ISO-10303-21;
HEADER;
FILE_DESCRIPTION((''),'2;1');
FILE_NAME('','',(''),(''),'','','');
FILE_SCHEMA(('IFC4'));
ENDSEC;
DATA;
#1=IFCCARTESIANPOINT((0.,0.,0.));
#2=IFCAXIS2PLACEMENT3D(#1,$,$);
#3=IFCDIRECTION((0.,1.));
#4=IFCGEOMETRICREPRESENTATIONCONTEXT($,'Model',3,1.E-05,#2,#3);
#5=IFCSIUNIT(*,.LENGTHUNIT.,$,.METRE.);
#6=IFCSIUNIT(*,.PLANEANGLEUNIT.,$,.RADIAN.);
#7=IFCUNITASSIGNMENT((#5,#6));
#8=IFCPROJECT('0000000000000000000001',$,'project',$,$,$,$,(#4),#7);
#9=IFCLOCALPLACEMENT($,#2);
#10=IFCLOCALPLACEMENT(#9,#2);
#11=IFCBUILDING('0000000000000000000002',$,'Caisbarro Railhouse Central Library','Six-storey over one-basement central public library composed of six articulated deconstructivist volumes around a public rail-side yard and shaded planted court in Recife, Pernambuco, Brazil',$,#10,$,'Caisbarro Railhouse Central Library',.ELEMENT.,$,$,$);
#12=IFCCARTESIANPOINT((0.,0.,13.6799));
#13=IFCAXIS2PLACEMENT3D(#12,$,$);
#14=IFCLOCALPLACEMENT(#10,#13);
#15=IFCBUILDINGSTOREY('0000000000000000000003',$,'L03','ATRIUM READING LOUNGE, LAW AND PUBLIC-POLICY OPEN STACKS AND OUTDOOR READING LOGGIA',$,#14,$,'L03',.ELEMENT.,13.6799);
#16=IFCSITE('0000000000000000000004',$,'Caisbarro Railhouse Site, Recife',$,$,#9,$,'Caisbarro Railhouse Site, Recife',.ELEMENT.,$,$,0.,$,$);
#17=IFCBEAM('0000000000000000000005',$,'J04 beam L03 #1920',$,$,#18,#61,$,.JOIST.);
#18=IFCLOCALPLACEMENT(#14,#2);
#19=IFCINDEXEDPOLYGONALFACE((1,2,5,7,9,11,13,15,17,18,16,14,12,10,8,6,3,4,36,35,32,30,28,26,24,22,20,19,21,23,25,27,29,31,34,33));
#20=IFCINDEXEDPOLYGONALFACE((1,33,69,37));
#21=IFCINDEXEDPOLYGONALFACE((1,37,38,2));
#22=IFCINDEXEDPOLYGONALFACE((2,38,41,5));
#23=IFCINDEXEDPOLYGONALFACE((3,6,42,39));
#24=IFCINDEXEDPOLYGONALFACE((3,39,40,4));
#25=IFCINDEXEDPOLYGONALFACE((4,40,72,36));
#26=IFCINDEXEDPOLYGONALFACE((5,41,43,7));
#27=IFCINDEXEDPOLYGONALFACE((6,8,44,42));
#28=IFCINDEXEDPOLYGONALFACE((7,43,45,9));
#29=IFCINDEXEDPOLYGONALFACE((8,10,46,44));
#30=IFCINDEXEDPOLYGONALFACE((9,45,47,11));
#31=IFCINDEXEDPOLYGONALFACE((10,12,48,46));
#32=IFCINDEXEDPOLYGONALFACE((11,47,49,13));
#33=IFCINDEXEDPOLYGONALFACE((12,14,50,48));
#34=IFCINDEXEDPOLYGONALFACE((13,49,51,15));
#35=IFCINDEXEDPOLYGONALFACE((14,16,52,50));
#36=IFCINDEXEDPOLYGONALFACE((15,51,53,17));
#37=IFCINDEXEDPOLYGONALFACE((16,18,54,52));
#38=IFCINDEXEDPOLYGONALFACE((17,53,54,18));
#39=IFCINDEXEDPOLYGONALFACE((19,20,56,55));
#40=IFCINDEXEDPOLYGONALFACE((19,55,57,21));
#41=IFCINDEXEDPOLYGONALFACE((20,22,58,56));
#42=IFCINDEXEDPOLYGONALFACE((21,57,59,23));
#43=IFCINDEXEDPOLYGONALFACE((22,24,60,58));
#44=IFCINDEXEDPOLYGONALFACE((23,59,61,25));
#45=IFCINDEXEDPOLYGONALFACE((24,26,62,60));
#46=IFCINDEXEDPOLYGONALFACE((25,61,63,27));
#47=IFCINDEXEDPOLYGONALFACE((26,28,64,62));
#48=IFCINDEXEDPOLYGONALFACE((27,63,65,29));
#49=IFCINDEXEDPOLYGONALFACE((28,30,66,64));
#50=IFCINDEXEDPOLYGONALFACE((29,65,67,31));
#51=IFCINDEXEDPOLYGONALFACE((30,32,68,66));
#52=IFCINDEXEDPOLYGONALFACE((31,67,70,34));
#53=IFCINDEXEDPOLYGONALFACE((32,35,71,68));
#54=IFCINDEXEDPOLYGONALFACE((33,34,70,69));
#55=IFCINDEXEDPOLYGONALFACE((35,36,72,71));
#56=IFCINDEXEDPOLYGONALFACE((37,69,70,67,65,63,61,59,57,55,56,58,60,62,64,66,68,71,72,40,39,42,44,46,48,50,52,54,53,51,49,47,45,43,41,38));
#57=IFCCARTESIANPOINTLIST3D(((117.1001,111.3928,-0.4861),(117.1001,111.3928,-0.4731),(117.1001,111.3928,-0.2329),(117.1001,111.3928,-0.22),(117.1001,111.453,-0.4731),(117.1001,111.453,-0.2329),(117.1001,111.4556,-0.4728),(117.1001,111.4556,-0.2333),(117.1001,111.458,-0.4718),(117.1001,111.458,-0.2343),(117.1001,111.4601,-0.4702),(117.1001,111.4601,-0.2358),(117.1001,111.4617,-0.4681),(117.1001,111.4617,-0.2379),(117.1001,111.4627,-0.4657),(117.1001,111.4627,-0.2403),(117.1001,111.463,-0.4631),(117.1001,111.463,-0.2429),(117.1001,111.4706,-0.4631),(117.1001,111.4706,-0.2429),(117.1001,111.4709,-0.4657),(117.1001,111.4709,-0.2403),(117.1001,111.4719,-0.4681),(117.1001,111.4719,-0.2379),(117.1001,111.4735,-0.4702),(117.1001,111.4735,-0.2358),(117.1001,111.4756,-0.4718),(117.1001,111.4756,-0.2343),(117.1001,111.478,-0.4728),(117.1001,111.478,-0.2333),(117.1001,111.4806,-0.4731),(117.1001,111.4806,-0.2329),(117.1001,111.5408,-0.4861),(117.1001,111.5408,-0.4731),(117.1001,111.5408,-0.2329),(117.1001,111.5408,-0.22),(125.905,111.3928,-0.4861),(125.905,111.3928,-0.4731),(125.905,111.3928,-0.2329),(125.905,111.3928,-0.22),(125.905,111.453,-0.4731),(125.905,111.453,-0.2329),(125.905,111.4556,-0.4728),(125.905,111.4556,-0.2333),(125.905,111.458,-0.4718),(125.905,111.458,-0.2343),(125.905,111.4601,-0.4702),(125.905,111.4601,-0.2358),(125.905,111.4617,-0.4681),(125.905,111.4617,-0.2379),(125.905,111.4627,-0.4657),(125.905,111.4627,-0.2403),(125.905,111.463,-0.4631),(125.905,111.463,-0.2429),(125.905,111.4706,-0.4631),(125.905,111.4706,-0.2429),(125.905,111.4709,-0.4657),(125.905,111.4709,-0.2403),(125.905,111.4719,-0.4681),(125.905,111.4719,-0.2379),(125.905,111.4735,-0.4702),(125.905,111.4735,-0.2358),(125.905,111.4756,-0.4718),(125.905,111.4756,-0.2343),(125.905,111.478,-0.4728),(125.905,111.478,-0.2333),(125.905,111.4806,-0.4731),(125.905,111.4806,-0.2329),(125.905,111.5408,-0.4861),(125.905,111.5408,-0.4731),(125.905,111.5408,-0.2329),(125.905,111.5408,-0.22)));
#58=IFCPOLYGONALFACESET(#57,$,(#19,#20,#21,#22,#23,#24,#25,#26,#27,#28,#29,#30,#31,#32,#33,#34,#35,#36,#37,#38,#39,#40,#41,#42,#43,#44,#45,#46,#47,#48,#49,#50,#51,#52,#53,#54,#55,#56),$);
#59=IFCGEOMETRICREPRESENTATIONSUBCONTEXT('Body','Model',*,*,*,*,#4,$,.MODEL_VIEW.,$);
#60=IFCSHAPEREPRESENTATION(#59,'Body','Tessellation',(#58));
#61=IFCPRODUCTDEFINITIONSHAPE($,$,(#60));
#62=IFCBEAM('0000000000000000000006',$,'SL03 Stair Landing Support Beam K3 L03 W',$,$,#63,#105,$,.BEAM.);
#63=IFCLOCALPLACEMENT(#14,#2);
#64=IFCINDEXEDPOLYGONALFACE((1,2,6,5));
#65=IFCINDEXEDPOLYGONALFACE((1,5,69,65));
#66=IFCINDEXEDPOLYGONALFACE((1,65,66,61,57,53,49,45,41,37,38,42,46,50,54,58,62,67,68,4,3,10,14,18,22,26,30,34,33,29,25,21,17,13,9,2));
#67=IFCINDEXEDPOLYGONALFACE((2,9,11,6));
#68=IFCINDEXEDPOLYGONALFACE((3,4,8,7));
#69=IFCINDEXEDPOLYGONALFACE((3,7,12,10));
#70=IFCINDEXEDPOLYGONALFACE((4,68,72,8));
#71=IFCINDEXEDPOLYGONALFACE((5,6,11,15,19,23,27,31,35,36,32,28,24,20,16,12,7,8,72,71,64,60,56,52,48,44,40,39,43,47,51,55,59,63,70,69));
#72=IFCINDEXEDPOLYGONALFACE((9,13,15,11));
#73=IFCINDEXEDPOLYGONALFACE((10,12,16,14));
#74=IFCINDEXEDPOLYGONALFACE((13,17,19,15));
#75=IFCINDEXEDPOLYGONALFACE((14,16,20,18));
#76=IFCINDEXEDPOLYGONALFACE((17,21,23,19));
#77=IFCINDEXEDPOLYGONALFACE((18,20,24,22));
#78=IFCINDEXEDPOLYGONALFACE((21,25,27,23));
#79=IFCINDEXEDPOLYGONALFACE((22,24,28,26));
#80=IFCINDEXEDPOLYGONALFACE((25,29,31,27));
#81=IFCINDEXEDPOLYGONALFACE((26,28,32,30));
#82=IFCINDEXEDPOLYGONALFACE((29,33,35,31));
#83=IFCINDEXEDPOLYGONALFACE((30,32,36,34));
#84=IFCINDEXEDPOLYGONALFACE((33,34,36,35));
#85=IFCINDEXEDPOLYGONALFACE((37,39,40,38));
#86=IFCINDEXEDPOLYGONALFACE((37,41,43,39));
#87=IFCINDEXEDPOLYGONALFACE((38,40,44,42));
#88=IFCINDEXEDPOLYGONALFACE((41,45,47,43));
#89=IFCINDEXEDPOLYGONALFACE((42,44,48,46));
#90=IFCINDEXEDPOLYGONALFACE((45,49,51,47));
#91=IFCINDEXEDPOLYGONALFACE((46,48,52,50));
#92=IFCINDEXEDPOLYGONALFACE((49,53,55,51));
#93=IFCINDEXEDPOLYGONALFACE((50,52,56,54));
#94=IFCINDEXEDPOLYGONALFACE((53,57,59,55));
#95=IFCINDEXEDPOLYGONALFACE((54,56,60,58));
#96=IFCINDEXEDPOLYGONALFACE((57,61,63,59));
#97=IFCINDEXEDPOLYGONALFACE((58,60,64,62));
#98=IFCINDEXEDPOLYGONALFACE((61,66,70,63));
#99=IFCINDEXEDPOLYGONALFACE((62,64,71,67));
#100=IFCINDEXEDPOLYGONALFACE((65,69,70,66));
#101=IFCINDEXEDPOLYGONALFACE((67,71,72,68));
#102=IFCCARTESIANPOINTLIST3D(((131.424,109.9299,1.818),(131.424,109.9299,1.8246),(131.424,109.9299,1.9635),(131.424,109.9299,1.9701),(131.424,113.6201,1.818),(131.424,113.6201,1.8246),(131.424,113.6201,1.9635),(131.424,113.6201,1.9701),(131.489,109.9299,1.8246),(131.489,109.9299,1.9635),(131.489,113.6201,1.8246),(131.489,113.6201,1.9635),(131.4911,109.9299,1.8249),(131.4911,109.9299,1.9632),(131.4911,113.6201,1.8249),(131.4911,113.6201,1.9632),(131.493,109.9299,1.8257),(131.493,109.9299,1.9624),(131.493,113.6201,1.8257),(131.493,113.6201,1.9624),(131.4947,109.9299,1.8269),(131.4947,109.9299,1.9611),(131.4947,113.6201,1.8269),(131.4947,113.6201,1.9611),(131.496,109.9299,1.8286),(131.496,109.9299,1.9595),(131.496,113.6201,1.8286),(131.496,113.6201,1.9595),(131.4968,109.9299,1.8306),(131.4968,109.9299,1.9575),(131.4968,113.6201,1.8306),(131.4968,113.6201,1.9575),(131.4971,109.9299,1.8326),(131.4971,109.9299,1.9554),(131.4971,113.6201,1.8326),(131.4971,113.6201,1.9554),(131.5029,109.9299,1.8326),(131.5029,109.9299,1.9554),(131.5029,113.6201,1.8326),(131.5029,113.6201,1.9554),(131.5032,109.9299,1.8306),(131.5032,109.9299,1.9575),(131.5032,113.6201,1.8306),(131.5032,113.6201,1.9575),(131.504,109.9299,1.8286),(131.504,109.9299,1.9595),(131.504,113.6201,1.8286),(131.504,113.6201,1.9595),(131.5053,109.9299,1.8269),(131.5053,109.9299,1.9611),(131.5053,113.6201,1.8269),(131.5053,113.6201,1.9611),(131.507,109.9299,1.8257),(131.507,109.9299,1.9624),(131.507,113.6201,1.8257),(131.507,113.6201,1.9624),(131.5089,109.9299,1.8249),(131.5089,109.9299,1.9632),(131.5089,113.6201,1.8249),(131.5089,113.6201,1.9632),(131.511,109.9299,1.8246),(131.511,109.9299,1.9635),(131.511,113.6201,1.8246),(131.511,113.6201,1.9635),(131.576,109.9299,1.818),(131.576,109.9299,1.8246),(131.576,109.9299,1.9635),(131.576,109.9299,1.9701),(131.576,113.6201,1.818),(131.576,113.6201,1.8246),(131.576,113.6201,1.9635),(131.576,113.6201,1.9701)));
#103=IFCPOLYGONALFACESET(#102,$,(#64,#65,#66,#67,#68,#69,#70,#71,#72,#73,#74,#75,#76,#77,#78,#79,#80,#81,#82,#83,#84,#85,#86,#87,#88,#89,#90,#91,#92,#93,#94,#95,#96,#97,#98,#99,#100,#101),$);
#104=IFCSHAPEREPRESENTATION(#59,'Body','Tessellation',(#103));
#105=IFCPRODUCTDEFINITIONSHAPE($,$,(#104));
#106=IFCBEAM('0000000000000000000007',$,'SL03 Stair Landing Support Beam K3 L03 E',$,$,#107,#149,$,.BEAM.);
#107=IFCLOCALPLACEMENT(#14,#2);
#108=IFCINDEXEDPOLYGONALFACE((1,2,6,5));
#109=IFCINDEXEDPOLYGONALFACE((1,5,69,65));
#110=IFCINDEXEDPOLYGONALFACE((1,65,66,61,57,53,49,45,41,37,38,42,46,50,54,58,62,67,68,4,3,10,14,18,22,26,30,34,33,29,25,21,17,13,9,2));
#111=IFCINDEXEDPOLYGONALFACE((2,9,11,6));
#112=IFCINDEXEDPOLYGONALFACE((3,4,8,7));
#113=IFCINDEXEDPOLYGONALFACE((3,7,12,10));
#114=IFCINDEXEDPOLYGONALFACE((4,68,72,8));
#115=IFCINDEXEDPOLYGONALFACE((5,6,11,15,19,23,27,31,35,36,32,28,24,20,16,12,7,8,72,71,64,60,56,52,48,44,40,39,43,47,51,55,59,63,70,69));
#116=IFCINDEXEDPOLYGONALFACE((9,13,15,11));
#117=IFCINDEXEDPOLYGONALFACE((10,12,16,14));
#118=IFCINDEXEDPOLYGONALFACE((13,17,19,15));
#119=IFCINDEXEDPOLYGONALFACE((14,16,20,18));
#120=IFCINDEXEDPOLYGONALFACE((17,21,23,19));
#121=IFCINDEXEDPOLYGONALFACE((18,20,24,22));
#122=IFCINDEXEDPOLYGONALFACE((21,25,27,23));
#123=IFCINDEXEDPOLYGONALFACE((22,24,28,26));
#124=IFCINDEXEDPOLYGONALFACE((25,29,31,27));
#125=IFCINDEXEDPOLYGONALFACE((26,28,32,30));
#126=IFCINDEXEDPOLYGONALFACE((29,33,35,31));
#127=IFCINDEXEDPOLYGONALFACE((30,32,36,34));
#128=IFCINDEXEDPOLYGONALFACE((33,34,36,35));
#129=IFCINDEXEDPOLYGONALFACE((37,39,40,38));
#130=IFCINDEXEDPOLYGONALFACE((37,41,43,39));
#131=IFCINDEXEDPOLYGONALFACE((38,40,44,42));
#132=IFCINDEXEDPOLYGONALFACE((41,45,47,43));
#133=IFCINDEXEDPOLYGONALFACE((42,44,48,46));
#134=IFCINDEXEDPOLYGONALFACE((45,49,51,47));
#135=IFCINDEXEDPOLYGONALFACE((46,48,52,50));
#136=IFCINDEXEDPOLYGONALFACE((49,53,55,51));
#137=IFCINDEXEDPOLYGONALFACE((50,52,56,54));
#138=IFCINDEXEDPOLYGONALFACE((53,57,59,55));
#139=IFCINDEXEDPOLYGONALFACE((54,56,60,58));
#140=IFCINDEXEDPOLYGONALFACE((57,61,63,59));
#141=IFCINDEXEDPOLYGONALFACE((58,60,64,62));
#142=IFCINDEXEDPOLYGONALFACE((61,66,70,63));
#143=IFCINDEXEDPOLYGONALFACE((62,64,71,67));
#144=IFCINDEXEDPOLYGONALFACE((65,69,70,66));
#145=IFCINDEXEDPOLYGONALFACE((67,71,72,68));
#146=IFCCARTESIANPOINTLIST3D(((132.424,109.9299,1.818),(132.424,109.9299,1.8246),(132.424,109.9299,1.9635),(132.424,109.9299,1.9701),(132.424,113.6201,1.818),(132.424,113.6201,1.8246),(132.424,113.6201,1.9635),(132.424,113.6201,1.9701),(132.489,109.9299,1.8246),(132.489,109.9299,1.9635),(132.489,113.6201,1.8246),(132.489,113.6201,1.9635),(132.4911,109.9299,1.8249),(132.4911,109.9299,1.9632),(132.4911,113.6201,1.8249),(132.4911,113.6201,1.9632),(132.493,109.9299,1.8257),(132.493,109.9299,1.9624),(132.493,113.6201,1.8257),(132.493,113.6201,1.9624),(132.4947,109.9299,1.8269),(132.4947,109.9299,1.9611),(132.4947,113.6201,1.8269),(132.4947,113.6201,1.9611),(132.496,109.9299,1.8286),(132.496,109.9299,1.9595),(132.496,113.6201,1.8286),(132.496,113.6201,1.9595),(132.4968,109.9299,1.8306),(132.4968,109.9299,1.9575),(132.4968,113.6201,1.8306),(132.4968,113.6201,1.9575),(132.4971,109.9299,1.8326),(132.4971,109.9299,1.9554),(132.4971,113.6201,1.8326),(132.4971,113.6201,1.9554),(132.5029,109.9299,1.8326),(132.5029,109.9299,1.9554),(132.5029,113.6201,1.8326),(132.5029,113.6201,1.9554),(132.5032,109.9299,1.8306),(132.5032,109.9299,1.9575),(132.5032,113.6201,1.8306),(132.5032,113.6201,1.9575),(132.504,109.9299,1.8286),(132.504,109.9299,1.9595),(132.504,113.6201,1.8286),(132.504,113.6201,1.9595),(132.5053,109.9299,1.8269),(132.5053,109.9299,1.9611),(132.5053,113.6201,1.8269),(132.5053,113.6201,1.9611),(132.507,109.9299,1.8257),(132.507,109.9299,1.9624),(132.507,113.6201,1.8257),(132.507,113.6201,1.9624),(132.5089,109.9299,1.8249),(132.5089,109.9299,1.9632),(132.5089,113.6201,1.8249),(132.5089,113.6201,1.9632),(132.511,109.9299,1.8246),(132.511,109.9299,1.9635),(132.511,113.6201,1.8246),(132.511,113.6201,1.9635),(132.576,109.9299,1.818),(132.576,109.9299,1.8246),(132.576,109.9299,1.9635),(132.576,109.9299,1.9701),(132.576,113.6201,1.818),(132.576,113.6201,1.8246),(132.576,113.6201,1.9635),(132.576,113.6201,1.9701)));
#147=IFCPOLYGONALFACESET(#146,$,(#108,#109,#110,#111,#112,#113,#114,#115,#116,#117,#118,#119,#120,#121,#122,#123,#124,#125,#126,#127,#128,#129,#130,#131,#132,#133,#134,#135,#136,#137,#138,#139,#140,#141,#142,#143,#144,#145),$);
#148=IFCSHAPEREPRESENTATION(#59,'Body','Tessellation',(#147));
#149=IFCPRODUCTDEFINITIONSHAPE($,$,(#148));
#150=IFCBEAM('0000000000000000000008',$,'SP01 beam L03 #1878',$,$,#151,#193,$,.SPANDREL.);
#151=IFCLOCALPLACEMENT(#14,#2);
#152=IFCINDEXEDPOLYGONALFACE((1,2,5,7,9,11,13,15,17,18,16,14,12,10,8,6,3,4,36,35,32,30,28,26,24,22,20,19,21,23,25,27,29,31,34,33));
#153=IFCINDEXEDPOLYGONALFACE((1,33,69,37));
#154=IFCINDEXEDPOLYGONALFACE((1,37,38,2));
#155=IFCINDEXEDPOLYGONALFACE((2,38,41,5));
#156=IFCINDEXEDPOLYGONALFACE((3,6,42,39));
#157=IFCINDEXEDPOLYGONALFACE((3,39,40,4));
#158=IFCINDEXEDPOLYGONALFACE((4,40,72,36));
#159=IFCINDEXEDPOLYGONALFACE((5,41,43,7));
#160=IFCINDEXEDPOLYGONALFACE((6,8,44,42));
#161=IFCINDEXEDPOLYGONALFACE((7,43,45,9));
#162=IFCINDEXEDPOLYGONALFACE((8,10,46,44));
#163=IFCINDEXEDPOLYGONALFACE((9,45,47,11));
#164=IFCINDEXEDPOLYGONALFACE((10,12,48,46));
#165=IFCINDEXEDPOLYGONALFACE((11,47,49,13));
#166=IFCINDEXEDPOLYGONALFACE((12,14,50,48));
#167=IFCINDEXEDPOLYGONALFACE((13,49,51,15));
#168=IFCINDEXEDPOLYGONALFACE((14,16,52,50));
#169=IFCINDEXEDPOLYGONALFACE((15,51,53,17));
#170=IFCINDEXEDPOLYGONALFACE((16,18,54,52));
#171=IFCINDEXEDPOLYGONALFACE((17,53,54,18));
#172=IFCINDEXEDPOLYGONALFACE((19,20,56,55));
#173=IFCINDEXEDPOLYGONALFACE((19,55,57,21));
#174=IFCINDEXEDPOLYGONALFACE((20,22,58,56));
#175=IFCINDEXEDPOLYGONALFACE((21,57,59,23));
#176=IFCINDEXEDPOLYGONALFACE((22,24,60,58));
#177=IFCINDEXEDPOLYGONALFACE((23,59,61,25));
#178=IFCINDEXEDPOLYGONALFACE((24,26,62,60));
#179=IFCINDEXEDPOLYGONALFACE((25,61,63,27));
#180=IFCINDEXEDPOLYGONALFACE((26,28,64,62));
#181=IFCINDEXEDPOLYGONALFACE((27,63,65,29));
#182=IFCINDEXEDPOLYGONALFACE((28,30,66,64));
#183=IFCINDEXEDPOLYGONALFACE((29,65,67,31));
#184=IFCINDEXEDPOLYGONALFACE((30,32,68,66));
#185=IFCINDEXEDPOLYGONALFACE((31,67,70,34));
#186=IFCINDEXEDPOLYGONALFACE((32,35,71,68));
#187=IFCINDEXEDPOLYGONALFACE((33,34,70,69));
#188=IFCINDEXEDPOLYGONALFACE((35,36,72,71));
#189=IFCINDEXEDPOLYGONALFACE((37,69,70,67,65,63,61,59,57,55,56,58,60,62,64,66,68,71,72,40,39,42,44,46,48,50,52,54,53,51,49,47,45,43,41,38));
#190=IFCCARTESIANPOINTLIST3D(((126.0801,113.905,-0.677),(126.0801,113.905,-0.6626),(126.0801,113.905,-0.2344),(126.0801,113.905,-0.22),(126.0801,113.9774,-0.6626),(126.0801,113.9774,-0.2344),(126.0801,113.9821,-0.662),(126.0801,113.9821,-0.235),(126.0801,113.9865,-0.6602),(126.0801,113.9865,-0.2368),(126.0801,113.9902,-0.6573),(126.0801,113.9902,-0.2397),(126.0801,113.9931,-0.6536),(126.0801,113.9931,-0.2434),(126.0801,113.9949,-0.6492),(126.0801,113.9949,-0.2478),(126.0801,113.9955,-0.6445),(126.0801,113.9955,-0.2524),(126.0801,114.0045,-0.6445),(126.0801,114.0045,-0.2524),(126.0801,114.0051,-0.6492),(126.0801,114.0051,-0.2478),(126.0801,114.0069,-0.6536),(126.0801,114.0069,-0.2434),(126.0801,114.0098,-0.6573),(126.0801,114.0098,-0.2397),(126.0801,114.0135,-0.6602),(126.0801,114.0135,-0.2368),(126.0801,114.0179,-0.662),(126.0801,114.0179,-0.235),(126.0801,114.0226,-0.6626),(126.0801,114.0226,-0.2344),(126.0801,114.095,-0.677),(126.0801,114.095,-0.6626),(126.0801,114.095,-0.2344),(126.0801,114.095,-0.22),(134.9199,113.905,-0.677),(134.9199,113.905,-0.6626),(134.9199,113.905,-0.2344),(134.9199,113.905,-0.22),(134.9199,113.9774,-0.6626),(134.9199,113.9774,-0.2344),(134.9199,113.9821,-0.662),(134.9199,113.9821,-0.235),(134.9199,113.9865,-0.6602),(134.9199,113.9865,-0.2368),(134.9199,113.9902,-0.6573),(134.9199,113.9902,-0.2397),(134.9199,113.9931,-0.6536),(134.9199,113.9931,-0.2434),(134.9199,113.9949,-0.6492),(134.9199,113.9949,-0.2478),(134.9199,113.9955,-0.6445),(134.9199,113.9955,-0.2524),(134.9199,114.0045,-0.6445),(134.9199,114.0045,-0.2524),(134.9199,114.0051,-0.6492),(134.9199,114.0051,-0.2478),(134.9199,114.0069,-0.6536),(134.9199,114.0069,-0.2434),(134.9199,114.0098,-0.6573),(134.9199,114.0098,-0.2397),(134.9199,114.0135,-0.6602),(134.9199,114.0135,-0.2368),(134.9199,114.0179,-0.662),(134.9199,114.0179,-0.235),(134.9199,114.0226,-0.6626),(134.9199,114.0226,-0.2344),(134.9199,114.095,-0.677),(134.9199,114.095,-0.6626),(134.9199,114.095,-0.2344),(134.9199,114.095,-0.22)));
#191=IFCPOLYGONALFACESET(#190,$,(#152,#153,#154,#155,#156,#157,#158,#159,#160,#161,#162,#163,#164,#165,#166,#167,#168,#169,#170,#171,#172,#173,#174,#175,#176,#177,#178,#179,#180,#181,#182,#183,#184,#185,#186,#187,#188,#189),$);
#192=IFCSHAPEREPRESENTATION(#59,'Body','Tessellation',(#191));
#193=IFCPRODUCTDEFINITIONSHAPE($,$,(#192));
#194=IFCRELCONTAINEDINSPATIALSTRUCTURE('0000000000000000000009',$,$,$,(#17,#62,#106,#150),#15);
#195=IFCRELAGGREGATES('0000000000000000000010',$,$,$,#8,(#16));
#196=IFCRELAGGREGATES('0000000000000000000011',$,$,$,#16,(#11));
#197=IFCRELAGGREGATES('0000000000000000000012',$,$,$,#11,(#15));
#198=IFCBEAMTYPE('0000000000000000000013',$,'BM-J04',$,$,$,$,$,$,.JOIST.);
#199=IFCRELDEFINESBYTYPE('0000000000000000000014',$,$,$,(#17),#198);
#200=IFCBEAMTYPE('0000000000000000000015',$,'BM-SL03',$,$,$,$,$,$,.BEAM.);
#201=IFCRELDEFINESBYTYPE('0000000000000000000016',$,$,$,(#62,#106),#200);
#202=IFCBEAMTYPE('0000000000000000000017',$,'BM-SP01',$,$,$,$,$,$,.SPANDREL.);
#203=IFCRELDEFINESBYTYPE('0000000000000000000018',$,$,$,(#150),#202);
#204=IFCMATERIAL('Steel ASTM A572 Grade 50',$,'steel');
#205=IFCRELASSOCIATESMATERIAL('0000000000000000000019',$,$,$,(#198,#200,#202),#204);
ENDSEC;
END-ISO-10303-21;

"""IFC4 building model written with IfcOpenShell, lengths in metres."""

from ifc_helpers import new_model, si_unit, direction, frame, origin, origin_2d, place, context, subcontext, project, spatial, i_section, extrude, material, material_profile, profile_set, type_object, element, save


model = new_model("IFC4")

# Units and contexts
model_context = context("Model", 3, precision=1e-05, world=origin(), true_north=direction((0.0, 1.0)))
body_context = subcontext(model_context, "Body", "Model", "MODEL_VIEW")
ifc_project = project(units=[si_unit("LENGTHUNIT", "METRE"), si_unit("PLANEANGLEUNIT", "RADIAN")], contexts=[model_context])

# Site, building, storey
site_placement = place(None, origin())
site = spatial("IfcSite", under=ifc_project, at=site_placement, Name="Caisbarro Railhouse Site, Recife", LongName="Caisbarro Railhouse Site, Recife", CompositionType="ELEMENT", RefElevation=0.0)
building_placement = place(site_placement, origin())
building = spatial("IfcBuilding", under=site, at=building_placement, Name="Caisbarro Railhouse Central Library", Description="Six-storey over one-basement central public library composed of six articulated deconstructivist volumes around a public rail-side yard and shaded planted court in Recife, Pernambuco, Brazil", LongName="Caisbarro Railhouse Central Library", CompositionType="ELEMENT")
storey_placement = place(building_placement, frame((0.0, 0.0, 13.6799)))
storey = spatial("IfcBuildingStorey", under=building, at=storey_placement, Name="L03", Description="ATRIUM READING LOUNGE, LAW AND PUBLIC-POLICY OPEN STACKS AND OUTDOOR READING LOGGIA", LongName="L03", CompositionType="ELEMENT", Elevation=13.6799)

# Shared definitions
ifc_material_1 = material(Name="Steel ASTM A572 Grade 50", Category="steel")

# Beams
ifc_material_profile_1 = material_profile(ifc_material_1, i_section(OverallWidth=0.1479, OverallDepth=0.2661, WebThickness=0.0076, FlangeThickness=0.0129, FilletRadius=0.01, at=origin_2d()), Name="W250X44.8")
ifc_profile_set_1 = profile_set([ifc_material_profile_1], Name="Steel ASTM A572 Grade 50")
beam_type_1 = type_object("IfcBeamType", Name="BM-J04", PredefinedType="JOIST", material=ifc_profile_set_1)
for number, where, z_axis, x_axis, name in (
    (1, (117.1001, 111.4668, -0.353), (1.0, 0.0, 0.0), (0.0, 1.0, 0.0), "J04 beam L03 #1920"),
):
    element("IfcBeam", number, at=place(storey_placement, frame(where, z_axis=z_axis, x_axis=x_axis)), inside=storey, type_object=beam_type_1, Name=name, PredefinedType="JOIST", context=body_context, shape_type="SweptSolid", body=[
        extrude(i_section(OverallWidth=0.1479, OverallDepth=0.2661, WebThickness=0.0076, FlangeThickness=0.0129, FilletRadius=0.01, at=origin_2d()), origin(), (0.0, 0.0, 1.0), 8.8049),
    ])
ifc_material_profile_2 = material_profile(ifc_material_1, i_section(OverallWidth=0.1521, OverallDepth=0.1521, WebThickness=0.0059, FlangeThickness=0.0066, FilletRadius=0.0081, at=origin_2d()), Name="W150X22.5")
ifc_profile_set_2 = profile_set([ifc_material_profile_2], Name="Steel ASTM A572 Grade 50")
beam_type_2 = type_object("IfcBeamType", Name="BM-SL03", PredefinedType="BEAM", material=ifc_profile_set_2)
for number, where, z_axis, x_axis, name in (
    (2, (131.5, 109.9299, 1.894), (0.0, 1.0, 0.0), (-1.0, 0.0, 0.0), "SL03 Stair Landing Support Beam K3 L03 W"),
    (3, (132.5, 109.9299, 1.894), (0.0, 1.0, 0.0), (-1.0, 0.0, 0.0), "SL03 Stair Landing Support Beam K3 L03 E"),
):
    element("IfcBeam", number, at=place(storey_placement, frame(where, z_axis=z_axis, x_axis=x_axis)), inside=storey, type_object=beam_type_2, Name=name, PredefinedType="BEAM", context=body_context, shape_type="SweptSolid", body=[
        extrude(i_section(OverallWidth=0.1521, OverallDepth=0.1521, WebThickness=0.0059, FlangeThickness=0.0066, FilletRadius=0.0081, at=origin_2d()), origin(), (0.0, 0.0, 1.0), 3.6902),
    ])
ifc_material_profile_3 = material_profile(ifc_material_1, i_section(OverallWidth=0.1899, OverallDepth=0.457, WebThickness=0.009, FlangeThickness=0.0144, FilletRadius=0.0181, at=origin_2d()), Name="W460X74.0")
ifc_profile_set_3 = profile_set([ifc_material_profile_3], Name="Steel ASTM A572 Grade 50")
beam_type_3 = type_object("IfcBeamType", Name="BM-SP01", PredefinedType="SPANDREL", material=ifc_profile_set_3)
for number, where, z_axis, x_axis, name in (
    (4, (126.0801, 114.0, -0.4485), (1.0, 0.0, 0.0), (0.0, 1.0, 0.0), "SP01 beam L03 #1878"),
):
    element("IfcBeam", number, at=place(storey_placement, frame(where, z_axis=z_axis, x_axis=x_axis)), inside=storey, type_object=beam_type_3, Name=name, PredefinedType="SPANDREL", context=body_context, shape_type="SweptSolid", body=[
        extrude(i_section(OverallWidth=0.1899, OverallDepth=0.457, WebThickness=0.009, FlangeThickness=0.0144, FilletRadius=0.0181, at=origin_2d()), origin(), (0.0, 0.0, 1.0), 8.8398),
    ])

save(model, "model.ifc")
